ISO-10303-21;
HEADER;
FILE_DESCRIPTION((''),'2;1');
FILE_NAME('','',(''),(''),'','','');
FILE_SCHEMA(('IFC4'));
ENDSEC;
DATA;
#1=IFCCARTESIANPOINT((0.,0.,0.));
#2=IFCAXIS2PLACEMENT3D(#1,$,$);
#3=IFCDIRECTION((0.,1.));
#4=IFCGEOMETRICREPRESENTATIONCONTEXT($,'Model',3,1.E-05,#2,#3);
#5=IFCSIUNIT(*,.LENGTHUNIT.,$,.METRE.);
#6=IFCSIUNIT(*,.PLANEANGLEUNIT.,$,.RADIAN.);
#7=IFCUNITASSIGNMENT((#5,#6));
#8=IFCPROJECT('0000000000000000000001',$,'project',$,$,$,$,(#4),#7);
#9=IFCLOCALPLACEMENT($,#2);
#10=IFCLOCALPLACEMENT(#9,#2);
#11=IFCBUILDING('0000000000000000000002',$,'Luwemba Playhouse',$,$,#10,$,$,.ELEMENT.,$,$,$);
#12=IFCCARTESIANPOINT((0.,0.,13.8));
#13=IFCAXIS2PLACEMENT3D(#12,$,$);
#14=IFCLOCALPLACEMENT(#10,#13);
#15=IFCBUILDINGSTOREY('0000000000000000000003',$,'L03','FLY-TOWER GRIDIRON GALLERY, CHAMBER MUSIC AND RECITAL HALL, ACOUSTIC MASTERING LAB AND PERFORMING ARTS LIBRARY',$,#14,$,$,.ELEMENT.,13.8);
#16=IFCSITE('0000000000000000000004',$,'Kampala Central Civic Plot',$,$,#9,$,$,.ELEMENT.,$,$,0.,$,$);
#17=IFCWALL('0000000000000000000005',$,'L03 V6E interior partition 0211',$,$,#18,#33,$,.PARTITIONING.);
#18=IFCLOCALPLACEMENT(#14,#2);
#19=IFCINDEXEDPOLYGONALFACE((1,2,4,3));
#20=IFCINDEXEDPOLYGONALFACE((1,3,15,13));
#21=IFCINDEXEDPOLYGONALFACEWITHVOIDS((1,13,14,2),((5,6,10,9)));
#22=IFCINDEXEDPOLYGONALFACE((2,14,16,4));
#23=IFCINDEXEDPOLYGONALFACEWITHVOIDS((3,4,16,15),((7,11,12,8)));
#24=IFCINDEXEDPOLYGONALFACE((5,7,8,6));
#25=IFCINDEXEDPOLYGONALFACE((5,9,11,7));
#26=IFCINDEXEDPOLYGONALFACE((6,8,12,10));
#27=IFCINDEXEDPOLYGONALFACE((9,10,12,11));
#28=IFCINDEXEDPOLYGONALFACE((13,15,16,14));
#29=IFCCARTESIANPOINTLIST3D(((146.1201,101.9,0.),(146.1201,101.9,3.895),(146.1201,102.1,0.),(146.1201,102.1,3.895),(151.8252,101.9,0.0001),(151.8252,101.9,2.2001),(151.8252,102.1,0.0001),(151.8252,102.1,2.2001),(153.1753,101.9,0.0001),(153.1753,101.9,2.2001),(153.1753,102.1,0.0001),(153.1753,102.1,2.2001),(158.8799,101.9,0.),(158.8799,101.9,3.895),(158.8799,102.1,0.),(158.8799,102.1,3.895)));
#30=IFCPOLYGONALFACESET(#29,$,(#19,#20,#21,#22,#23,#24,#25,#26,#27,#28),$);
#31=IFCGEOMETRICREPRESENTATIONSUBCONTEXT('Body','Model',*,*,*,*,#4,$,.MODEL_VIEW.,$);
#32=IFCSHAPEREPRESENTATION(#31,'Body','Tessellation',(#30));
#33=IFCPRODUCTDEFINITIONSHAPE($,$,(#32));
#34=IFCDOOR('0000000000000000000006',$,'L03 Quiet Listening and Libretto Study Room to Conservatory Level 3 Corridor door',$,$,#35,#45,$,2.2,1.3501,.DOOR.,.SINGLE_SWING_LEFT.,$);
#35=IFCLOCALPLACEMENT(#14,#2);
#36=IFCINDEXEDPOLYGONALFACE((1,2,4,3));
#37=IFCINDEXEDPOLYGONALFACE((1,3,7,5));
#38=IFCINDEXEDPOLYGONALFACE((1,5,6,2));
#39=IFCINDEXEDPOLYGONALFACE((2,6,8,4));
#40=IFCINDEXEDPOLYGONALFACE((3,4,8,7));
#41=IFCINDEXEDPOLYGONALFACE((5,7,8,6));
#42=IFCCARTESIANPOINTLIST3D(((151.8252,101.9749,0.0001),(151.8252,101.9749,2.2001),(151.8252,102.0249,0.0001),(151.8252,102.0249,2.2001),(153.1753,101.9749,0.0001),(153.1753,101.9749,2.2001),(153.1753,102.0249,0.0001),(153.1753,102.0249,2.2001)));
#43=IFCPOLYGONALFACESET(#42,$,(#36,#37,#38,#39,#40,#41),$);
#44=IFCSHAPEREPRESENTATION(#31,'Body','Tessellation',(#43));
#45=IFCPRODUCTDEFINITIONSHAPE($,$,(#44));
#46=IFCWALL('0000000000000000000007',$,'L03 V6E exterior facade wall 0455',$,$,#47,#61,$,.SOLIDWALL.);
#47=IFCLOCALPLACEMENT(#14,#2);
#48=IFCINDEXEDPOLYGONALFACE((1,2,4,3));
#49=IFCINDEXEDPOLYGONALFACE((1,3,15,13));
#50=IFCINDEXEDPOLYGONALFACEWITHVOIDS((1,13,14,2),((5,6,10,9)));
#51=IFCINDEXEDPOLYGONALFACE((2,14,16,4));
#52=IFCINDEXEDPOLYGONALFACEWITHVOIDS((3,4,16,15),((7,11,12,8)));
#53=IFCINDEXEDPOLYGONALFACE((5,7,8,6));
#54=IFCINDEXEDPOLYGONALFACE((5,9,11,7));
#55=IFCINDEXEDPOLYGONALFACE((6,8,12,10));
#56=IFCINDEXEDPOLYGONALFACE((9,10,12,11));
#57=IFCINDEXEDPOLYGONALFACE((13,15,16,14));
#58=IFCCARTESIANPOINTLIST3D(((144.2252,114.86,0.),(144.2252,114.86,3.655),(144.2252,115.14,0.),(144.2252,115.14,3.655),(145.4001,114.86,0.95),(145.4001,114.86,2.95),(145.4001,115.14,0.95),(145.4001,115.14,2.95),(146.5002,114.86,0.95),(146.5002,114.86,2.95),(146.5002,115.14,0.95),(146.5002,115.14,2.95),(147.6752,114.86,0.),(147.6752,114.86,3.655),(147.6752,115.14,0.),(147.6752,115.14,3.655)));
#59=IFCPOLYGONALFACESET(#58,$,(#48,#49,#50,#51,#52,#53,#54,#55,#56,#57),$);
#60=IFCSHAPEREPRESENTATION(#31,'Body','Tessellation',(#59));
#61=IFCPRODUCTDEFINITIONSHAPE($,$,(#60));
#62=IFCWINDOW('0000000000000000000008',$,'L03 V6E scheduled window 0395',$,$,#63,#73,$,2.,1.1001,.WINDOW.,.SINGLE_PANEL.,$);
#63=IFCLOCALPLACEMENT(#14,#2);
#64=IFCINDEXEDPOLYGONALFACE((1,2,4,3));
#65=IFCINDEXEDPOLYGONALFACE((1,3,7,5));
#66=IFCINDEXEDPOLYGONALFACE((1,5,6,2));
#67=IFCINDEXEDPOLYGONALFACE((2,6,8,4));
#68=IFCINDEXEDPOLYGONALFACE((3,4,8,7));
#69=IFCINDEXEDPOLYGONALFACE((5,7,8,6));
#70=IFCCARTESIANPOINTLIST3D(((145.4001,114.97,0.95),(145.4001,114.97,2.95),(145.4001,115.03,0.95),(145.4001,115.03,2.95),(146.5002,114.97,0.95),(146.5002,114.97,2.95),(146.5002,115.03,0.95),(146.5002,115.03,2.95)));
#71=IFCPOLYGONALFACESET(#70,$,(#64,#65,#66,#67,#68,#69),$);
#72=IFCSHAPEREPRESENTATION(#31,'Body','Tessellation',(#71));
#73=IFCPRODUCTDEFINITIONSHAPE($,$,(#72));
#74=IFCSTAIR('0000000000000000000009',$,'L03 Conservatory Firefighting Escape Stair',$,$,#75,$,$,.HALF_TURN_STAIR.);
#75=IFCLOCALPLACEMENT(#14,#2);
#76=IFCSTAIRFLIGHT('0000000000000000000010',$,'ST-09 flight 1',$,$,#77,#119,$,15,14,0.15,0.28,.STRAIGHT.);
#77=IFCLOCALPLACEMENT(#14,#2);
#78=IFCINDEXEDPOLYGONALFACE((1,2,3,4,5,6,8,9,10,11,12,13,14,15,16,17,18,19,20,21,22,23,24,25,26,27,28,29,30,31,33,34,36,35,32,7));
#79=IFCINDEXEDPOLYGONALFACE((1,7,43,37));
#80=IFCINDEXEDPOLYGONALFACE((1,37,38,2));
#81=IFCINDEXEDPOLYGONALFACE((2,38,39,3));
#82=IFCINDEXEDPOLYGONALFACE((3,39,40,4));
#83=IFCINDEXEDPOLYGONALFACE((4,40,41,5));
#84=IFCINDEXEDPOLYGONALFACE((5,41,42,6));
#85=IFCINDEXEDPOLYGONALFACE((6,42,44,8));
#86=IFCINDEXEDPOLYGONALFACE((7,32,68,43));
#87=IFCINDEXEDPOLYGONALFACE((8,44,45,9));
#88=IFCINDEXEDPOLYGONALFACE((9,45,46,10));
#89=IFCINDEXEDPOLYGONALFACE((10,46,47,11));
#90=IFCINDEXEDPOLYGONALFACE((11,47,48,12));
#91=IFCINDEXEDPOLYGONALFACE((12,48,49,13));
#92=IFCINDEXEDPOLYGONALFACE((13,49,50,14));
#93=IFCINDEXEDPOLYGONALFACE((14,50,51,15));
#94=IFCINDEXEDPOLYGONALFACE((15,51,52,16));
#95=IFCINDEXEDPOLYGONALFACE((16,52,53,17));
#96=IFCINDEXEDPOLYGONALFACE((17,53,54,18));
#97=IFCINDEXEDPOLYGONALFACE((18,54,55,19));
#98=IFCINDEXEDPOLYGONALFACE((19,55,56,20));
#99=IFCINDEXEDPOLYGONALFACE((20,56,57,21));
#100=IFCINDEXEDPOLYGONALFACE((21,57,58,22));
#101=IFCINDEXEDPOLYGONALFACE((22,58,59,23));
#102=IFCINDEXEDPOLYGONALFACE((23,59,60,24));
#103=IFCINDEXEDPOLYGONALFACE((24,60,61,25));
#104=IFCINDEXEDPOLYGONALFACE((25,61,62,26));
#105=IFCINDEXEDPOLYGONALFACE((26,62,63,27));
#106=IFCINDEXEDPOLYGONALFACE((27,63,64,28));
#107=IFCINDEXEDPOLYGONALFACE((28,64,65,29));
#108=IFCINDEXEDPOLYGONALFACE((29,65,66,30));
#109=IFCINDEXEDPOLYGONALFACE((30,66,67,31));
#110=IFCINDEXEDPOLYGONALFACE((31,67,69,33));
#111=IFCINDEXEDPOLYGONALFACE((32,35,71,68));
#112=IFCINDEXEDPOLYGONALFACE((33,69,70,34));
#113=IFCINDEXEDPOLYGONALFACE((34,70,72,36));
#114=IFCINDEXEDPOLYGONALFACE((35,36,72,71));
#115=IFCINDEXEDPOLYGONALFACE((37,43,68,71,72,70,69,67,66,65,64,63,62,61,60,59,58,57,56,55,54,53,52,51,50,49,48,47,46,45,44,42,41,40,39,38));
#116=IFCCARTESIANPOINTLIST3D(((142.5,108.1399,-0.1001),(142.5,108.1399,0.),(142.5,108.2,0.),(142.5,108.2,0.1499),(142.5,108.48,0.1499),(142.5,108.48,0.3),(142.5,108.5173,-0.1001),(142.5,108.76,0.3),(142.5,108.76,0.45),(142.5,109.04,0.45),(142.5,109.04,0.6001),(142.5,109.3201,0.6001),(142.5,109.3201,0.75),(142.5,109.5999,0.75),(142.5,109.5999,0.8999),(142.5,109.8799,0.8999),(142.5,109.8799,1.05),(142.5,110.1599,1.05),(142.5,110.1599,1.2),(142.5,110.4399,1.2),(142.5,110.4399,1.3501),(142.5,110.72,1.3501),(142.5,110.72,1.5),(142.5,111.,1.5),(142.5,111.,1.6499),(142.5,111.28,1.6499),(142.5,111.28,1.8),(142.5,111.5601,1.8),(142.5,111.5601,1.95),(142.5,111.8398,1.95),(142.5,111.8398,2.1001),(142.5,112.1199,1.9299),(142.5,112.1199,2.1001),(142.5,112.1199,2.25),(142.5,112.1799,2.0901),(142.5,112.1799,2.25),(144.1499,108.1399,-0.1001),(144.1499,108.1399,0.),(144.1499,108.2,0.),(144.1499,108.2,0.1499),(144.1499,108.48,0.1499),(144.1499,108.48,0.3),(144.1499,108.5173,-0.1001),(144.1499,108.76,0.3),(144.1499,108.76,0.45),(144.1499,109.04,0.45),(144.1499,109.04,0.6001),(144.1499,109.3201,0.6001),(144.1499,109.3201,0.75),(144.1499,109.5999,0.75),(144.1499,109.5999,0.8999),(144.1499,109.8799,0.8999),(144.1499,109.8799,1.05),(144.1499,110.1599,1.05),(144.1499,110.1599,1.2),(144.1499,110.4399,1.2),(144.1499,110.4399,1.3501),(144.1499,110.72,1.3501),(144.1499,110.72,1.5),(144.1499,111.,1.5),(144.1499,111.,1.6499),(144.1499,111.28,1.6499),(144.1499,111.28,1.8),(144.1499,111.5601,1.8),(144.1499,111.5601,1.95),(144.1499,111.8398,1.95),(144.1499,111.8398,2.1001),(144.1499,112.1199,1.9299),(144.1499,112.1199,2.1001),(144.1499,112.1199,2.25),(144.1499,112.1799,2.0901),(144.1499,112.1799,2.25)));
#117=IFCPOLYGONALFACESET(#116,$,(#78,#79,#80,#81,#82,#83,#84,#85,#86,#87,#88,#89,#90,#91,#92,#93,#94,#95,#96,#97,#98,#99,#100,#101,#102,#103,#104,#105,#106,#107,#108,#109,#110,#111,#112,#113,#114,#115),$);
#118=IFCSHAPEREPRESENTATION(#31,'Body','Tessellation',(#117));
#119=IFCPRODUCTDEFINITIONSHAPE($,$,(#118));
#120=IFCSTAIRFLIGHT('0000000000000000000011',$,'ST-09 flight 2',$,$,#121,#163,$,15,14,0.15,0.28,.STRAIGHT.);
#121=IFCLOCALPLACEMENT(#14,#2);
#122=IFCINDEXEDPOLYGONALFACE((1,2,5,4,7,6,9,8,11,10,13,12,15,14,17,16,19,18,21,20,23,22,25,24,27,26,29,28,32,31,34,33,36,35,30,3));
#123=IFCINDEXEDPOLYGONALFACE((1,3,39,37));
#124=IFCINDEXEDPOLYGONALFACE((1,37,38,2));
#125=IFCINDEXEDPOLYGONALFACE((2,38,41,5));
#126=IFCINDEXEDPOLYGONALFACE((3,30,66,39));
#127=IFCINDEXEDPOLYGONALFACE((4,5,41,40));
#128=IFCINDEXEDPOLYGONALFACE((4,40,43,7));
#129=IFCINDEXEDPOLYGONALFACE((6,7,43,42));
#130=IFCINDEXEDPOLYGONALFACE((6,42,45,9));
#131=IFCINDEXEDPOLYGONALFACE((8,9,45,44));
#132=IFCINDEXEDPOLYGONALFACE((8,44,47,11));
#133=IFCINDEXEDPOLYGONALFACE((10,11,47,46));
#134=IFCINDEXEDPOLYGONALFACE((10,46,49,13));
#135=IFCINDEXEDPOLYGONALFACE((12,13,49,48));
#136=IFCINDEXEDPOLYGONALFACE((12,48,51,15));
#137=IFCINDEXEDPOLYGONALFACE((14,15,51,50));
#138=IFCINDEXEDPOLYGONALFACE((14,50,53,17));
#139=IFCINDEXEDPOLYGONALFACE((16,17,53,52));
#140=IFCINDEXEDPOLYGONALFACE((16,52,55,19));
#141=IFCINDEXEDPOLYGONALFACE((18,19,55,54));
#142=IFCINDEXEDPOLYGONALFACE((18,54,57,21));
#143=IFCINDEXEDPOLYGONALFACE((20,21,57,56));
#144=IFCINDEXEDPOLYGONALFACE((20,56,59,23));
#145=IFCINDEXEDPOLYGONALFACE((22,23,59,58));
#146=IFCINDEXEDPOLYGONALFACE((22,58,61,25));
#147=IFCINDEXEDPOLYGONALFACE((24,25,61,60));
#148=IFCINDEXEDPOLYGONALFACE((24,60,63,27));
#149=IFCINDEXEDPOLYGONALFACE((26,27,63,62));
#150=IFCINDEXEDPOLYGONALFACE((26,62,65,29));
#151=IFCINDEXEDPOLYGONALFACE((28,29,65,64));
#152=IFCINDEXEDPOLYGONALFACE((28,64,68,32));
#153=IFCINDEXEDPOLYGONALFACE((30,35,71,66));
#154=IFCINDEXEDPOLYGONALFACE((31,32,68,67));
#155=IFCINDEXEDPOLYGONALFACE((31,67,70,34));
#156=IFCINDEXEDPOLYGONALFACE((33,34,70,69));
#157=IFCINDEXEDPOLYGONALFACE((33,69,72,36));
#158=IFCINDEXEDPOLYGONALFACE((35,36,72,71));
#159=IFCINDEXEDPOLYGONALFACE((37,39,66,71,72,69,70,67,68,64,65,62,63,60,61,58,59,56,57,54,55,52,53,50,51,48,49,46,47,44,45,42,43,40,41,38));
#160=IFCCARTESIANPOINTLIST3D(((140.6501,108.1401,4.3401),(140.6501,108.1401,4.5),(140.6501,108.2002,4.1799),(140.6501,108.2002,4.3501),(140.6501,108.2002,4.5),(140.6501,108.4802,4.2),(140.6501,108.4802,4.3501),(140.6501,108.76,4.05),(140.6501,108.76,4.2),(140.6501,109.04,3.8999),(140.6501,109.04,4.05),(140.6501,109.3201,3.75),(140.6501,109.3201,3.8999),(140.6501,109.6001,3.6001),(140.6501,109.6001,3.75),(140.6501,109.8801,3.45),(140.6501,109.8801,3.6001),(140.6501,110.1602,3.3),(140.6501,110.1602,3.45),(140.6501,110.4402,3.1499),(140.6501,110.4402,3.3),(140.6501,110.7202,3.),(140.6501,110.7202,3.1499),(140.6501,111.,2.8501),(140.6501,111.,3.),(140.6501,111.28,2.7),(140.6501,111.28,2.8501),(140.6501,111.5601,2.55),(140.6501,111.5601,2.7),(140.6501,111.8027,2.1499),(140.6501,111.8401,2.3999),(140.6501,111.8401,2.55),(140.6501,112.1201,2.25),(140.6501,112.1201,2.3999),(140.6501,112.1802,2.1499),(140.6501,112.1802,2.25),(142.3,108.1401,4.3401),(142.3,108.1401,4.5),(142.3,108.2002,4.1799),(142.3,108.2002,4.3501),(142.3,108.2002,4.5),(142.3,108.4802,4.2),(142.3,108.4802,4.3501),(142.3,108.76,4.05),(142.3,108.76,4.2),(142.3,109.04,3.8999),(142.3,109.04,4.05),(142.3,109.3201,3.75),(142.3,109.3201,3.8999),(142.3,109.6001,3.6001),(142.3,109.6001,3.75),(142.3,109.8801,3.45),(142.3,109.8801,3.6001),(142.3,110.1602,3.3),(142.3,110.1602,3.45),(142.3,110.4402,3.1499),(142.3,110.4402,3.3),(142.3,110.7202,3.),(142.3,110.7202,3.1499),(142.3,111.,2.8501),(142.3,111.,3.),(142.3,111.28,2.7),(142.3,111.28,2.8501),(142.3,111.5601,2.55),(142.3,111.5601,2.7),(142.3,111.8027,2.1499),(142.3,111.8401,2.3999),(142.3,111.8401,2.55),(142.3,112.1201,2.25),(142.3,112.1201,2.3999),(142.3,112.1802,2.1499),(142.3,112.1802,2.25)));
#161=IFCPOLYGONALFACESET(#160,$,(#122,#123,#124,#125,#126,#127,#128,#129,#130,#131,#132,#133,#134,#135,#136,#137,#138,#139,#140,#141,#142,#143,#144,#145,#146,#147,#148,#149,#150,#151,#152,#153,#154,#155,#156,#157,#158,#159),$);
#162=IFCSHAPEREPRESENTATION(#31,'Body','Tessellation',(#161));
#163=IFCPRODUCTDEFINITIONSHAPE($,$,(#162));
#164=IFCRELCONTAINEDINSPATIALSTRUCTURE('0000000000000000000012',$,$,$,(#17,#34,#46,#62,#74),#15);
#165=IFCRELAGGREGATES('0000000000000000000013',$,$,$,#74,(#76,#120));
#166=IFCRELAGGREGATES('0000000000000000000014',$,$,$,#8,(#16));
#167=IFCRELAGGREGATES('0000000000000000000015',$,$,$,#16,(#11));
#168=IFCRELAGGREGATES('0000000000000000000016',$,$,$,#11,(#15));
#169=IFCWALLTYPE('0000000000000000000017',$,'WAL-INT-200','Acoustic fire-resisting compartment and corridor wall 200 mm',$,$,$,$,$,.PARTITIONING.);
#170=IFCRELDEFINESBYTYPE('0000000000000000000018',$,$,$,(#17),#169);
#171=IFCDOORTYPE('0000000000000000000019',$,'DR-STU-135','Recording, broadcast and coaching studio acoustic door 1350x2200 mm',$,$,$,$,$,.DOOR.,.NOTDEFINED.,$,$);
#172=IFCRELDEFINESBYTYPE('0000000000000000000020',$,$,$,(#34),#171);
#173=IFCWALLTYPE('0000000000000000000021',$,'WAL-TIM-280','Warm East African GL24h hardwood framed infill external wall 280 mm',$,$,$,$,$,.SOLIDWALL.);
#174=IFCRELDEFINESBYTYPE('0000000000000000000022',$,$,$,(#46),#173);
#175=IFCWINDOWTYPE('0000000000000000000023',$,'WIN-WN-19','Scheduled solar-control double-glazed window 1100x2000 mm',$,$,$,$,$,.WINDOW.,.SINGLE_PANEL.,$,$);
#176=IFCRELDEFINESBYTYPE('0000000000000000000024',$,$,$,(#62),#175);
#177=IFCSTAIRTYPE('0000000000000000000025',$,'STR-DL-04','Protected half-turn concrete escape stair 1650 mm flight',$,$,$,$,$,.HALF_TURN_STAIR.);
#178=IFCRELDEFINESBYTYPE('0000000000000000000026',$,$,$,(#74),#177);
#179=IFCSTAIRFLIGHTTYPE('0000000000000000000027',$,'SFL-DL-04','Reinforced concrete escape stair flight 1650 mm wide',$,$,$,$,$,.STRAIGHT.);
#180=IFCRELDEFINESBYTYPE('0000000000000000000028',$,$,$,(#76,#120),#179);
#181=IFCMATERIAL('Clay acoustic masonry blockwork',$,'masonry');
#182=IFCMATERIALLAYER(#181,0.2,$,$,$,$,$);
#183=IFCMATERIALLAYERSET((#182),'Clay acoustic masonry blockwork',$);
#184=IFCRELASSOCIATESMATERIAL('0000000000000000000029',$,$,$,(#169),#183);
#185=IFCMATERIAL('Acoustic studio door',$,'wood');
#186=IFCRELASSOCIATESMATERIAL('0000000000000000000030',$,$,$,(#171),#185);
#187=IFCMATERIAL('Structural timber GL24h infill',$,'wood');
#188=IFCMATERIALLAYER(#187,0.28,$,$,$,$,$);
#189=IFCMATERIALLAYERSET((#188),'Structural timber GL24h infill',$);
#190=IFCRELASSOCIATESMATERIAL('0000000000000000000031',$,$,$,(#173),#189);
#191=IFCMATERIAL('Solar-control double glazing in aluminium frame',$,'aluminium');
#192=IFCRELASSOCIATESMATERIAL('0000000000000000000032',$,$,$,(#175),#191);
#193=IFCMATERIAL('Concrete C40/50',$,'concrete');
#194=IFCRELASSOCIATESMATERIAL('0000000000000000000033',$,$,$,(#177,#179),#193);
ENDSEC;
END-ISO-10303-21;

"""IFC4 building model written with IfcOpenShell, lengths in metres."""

from ifc_helpers import new_model, si_unit, direction, frame, frame_2d, origin, place, context, subcontext, project, spatial, polyline, rectangle, outline, extrude, material, layer, layer_set, type_object, element, fill, aggregate, save


model = new_model("IFC4")

# Units and contexts
model_context = context("Model", 3, precision=1e-05, world=origin(), true_north=direction((0.0, 1.0)))
body_context = subcontext(model_context, "Body", "Model", "MODEL_VIEW")
ifc_project = project(units=[si_unit("LENGTHUNIT", "METRE"), si_unit("PLANEANGLEUNIT", "RADIAN")], contexts=[model_context])

# Site, building, storey
site_placement = place(None, origin())
site = spatial("IfcSite", under=ifc_project, at=site_placement, Name="Kampala Central Civic Plot", CompositionType="ELEMENT", RefElevation=0.0)
building_placement = place(site_placement, origin())
building = spatial("IfcBuilding", under=site, at=building_placement, Name="Luwemba Playhouse", CompositionType="ELEMENT")
storey_placement = place(building_placement, frame((0.0, 0.0, 13.8)))
storey = spatial("IfcBuildingStorey", under=building, at=storey_placement, Name="L03", Description="FLY-TOWER GRIDIRON GALLERY, CHAMBER MUSIC AND RECITAL HALL, ACOUSTIC MASTERING LAB AND PERFORMING ARTS LIBRARY", CompositionType="ELEMENT", Elevation=13.8)

# Shared definitions
ifc_material_1 = material(Name="Concrete C40/50", Category="concrete")

# Shared definitions
ifc_material_2 = material(Name="Solar-control double glazing in aluminium frame", Category="aluminium")

# Wall, opening, door
ifc_material_3 = material(Name="Clay acoustic masonry blockwork", Category="masonry")
ifc_layer_1 = layer(ifc_material_3, 0.2)
ifc_layer_set_1 = layer_set([ifc_layer_1], Name="Clay acoustic masonry blockwork")
wall_type_1 = type_object("IfcWallType", Name="WAL-INT-200", Description="Acoustic fire-resisting compartment and corridor wall 200 mm", PredefinedType="PARTITIONING", material=ifc_layer_set_1)
ifc_material_4 = material(Name="Acoustic studio door", Category="wood")
door_type_1 = type_object("IfcDoorType", Name="DR-STU-135", Description="Recording, broadcast and coaching studio acoustic door 1350x2200 mm", OperationType="NOTDEFINED", PredefinedType="DOOR", material=ifc_material_4)
wall_1_placement = place(storey_placement, frame((146.1201, 102.0, 0.0), z_axis=(0.0, 0.0, 1.0), x_axis=(1.0, 0.0, 0.0)))
wall_1 = element("IfcWall", 1, at=wall_1_placement, inside=storey, type_object=wall_type_1, Name="L03 V6E interior partition 0211", PredefinedType="PARTITIONING", context=body_context, shape_type="SweptSolid", body=[
    extrude(rectangle(XDim=12.7598, YDim=0.2, at=frame_2d((6.3799, 0.0))), origin(), (0.0, 0.0, 1.0), 3.895),
])
opening_1_placement = place(wall_1_placement, frame((5.7051, 0.0, 0.0)))
opening_1 = element("IfcOpeningElement", 2, at=opening_1_placement, cuts=wall_1, PredefinedType="OPENING", context=body_context, shape_type="SweptSolid", body=[
    extrude(rectangle(XDim=1.3501, YDim=2.2, at=frame_2d((0.675, 1.1001))), frame((0.0, 0.1099, 0.0), z_axis=(0.0, -1.0, 0.0), x_axis=(1.0, 0.0, 0.0)), (0.0, 0.0, 1.0), 0.22),
])
door_1_placement = place(opening_1_placement, origin())
door_1 = element("IfcDoor", 3, at=door_1_placement, inside=storey, type_object=door_type_1, Name="L03 Quiet Listening and Libretto Study Room to Conservatory Level 3 Corridor door", OperationType="SINGLE_SWING_LEFT", OverallHeight=2.2, OverallWidth=1.3501, PredefinedType="DOOR", context=body_context, shape_type="SweptSolid", body=[
    extrude(rectangle(XDim=1.3501, YDim=2.2, at=frame_2d((0.675, 1.1001))), frame((0.0, 0.0249, 0.0), z_axis=(0.0, -1.0, 0.0), x_axis=(1.0, 0.0, 0.0)), (0.0, 0.0, 1.0), 0.05),
])
fill(opening_1, door_1)

# Wall, opening, window
ifc_material_5 = material(Name="Structural timber GL24h infill", Category="wood")
ifc_layer_2 = layer(ifc_material_5, 0.28)
ifc_layer_set_2 = layer_set([ifc_layer_2], Name="Structural timber GL24h infill")
wall_type_2 = type_object("IfcWallType", Name="WAL-TIM-280", Description="Warm East African GL24h hardwood framed infill external wall 280 mm", PredefinedType="SOLIDWALL", material=ifc_layer_set_2)
wall_2_placement = place(storey_placement, frame((144.2251, 115.0, 0.0), z_axis=(0.0, 0.0, 1.0), x_axis=(1.0, 0.0, 0.0)))
wall_2 = element("IfcWall", 4, at=wall_2_placement, inside=storey, type_object=wall_type_2, Name="L03 V6E exterior facade wall 0455", PredefinedType="SOLIDWALL", context=body_context, shape_type="SweptSolid", body=[
    extrude(rectangle(XDim=3.45, YDim=0.28, at=frame_2d((1.7251, 0.0))), origin(), (0.0, 0.0, 1.0), 3.655),
])
opening_2_placement = place(wall_2_placement, frame((1.175, 0.0, 0.95)))
opening_2 = element("IfcOpeningElement", 5, at=opening_2_placement, cuts=wall_2, PredefinedType="OPENING", context=body_context, shape_type="SweptSolid", body=[
    extrude(rectangle(XDim=1.1001, YDim=2.0, at=frame_2d((0.55, 1.0))), frame((0.0, 0.1499, 0.0), z_axis=(0.0, -1.0, 0.0), x_axis=(1.0, 0.0, 0.0)), (0.0, 0.0, 1.0), 0.3),
])
window_type_1 = type_object("IfcWindowType", Name="WIN-WN-19", Description="Scheduled solar-control double-glazed window 1100x2000 mm", PartitioningType="SINGLE_PANEL", PredefinedType="WINDOW", material=ifc_material_2)
window_1_placement = place(opening_2_placement, origin())
window_1 = element("IfcWindow", 6, at=window_1_placement, inside=storey, type_object=window_type_1, Name="L03 V6E scheduled window 0395", OverallHeight=2.0, OverallWidth=1.1001, PartitioningType="SINGLE_PANEL", PredefinedType="WINDOW", context=body_context, shape_type="SweptSolid", body=[
    extrude(rectangle(XDim=1.1001, YDim=2.0, at=frame_2d((0.55, 1.0))), frame((0.0, 0.03, 0.0), z_axis=(0.0, -1.0, 0.0), x_axis=(1.0, 0.0, 0.0)), (0.0, 0.0, 1.0), 0.0601),
])
fill(opening_2, window_1)

# Stair, stair flights
stair_type = type_object("IfcStairType", Name="STR-DL-04", Description="Protected half-turn concrete escape stair 1650 mm flight", PredefinedType="HALF_TURN_STAIR", material=ifc_material_1)
stair_placement = place(storey_placement, origin())
stair = element("IfcStair", 7, at=stair_placement, inside=storey, type_object=stair_type, Name="L03 Conservatory Firefighting Escape Stair", PredefinedType="HALF_TURN_STAIR")
stair_flight_type = type_object("IfcStairFlightType", Name="SFL-DL-04", Description="Reinforced concrete escape stair flight 1650 mm wide", PredefinedType="STRAIGHT", material=ifc_material_1)
stair_flight_1_placement = place(storey_placement, frame((143.325, 108.2, 0.0), z_axis=(0.0, 0.0, 1.0), x_axis=(0.0, 1.0, 0.0)))
stair_flight_1 = element("IfcStairFlight", 8, at=stair_flight_1_placement, type_object=stair_flight_type, Name="ST-09 flight 1", NumberOfRisers=15, NumberOfTreads=14, PredefinedType="STRAIGHT", RiserHeight=0.15, TreadLength=0.28, context=body_context, shape_type="SweptSolid", body=[
    extrude(outline(polyline([(-0.0601, -0.1001), (-0.0601, 0.0), (0.0, 0.0), (0.0, 0.1499), (0.28, 0.1499), (0.28, 0.3), (0.5601, 0.3), (0.5601, 0.45), (0.8401, 0.45), (0.8401, 0.6001), (1.1201, 0.6001), (1.1201, 0.75), (1.3999, 0.75), (1.3999, 0.8999), (1.6799, 0.8999), (1.6799, 1.05), (1.96, 1.05), (1.96, 1.2), (2.24, 1.2), (2.24, 1.3501), (2.52, 1.3501), (2.52, 1.5), (2.8, 1.5), (2.8, 1.6499), (3.0801, 1.6499), (3.0801, 1.8), (3.3601, 1.8), (3.3601, 1.95), (3.6399, 1.95), (3.6399, 2.1001), (3.9199, 2.1001), (3.9199, 2.25), (3.98, 2.25), (3.98, 2.0901), (3.9199, 1.9299), (0.3174, -0.1001), (-0.0601, -0.1001)])), frame((0.0, 0.825, 0.0), z_axis=(0.0, -1.0, 0.0), x_axis=(1.0, 0.0, 0.0)), (0.0, 0.0, 1.0), 1.6499),
])
stair_flight_2_placement = place(storey_placement, frame((141.4751, 112.1201, 2.25), z_axis=(0.0, 0.0, 1.0), x_axis=(0.0, -1.0, 0.0)))
stair_flight_2 = element("IfcStairFlight", 9, at=stair_flight_2_placement, type_object=stair_flight_type, Name="ST-09 flight 2", NumberOfRisers=15, NumberOfTreads=14, PredefinedType="STRAIGHT", RiserHeight=0.15, TreadLength=0.28, context=body_context, shape_type="SweptSolid", body=[
    extrude(outline(polyline([(-0.0601, -0.1001), (-0.0601, 0.0), (0.0, 0.0), (0.0, 0.1499), (0.28, 0.1499), (0.28, 0.3), (0.5601, 0.3), (0.5601, 0.45), (0.8401, 0.45), (0.8401, 0.6001), (1.1201, 0.6001), (1.1201, 0.75), (1.3999, 0.75), (1.3999, 0.8999), (1.6799, 0.8999), (1.6799, 1.05), (1.96, 1.05), (1.96, 1.2), (2.24, 1.2), (2.24, 1.3501), (2.52, 1.3501), (2.52, 1.5), (2.8, 1.5), (2.8, 1.6499), (3.0801, 1.6499), (3.0801, 1.8), (3.3601, 1.8), (3.3601, 1.95), (3.6399, 1.95), (3.6399, 2.1001), (3.9199, 2.1001), (3.9199, 2.25), (3.98, 2.25), (3.98, 2.0901), (3.9199, 1.9299), (0.3174, -0.1001), (-0.0601, -0.1001)])), frame((0.0, 0.825, 0.0), z_axis=(0.0, -1.0, 0.0), x_axis=(1.0, 0.0, 0.0)), (0.0, 0.0, 1.0), 1.6499),
])
aggregate(stair, [stair_flight_1, stair_flight_2])

save(model, "model.ifc")
